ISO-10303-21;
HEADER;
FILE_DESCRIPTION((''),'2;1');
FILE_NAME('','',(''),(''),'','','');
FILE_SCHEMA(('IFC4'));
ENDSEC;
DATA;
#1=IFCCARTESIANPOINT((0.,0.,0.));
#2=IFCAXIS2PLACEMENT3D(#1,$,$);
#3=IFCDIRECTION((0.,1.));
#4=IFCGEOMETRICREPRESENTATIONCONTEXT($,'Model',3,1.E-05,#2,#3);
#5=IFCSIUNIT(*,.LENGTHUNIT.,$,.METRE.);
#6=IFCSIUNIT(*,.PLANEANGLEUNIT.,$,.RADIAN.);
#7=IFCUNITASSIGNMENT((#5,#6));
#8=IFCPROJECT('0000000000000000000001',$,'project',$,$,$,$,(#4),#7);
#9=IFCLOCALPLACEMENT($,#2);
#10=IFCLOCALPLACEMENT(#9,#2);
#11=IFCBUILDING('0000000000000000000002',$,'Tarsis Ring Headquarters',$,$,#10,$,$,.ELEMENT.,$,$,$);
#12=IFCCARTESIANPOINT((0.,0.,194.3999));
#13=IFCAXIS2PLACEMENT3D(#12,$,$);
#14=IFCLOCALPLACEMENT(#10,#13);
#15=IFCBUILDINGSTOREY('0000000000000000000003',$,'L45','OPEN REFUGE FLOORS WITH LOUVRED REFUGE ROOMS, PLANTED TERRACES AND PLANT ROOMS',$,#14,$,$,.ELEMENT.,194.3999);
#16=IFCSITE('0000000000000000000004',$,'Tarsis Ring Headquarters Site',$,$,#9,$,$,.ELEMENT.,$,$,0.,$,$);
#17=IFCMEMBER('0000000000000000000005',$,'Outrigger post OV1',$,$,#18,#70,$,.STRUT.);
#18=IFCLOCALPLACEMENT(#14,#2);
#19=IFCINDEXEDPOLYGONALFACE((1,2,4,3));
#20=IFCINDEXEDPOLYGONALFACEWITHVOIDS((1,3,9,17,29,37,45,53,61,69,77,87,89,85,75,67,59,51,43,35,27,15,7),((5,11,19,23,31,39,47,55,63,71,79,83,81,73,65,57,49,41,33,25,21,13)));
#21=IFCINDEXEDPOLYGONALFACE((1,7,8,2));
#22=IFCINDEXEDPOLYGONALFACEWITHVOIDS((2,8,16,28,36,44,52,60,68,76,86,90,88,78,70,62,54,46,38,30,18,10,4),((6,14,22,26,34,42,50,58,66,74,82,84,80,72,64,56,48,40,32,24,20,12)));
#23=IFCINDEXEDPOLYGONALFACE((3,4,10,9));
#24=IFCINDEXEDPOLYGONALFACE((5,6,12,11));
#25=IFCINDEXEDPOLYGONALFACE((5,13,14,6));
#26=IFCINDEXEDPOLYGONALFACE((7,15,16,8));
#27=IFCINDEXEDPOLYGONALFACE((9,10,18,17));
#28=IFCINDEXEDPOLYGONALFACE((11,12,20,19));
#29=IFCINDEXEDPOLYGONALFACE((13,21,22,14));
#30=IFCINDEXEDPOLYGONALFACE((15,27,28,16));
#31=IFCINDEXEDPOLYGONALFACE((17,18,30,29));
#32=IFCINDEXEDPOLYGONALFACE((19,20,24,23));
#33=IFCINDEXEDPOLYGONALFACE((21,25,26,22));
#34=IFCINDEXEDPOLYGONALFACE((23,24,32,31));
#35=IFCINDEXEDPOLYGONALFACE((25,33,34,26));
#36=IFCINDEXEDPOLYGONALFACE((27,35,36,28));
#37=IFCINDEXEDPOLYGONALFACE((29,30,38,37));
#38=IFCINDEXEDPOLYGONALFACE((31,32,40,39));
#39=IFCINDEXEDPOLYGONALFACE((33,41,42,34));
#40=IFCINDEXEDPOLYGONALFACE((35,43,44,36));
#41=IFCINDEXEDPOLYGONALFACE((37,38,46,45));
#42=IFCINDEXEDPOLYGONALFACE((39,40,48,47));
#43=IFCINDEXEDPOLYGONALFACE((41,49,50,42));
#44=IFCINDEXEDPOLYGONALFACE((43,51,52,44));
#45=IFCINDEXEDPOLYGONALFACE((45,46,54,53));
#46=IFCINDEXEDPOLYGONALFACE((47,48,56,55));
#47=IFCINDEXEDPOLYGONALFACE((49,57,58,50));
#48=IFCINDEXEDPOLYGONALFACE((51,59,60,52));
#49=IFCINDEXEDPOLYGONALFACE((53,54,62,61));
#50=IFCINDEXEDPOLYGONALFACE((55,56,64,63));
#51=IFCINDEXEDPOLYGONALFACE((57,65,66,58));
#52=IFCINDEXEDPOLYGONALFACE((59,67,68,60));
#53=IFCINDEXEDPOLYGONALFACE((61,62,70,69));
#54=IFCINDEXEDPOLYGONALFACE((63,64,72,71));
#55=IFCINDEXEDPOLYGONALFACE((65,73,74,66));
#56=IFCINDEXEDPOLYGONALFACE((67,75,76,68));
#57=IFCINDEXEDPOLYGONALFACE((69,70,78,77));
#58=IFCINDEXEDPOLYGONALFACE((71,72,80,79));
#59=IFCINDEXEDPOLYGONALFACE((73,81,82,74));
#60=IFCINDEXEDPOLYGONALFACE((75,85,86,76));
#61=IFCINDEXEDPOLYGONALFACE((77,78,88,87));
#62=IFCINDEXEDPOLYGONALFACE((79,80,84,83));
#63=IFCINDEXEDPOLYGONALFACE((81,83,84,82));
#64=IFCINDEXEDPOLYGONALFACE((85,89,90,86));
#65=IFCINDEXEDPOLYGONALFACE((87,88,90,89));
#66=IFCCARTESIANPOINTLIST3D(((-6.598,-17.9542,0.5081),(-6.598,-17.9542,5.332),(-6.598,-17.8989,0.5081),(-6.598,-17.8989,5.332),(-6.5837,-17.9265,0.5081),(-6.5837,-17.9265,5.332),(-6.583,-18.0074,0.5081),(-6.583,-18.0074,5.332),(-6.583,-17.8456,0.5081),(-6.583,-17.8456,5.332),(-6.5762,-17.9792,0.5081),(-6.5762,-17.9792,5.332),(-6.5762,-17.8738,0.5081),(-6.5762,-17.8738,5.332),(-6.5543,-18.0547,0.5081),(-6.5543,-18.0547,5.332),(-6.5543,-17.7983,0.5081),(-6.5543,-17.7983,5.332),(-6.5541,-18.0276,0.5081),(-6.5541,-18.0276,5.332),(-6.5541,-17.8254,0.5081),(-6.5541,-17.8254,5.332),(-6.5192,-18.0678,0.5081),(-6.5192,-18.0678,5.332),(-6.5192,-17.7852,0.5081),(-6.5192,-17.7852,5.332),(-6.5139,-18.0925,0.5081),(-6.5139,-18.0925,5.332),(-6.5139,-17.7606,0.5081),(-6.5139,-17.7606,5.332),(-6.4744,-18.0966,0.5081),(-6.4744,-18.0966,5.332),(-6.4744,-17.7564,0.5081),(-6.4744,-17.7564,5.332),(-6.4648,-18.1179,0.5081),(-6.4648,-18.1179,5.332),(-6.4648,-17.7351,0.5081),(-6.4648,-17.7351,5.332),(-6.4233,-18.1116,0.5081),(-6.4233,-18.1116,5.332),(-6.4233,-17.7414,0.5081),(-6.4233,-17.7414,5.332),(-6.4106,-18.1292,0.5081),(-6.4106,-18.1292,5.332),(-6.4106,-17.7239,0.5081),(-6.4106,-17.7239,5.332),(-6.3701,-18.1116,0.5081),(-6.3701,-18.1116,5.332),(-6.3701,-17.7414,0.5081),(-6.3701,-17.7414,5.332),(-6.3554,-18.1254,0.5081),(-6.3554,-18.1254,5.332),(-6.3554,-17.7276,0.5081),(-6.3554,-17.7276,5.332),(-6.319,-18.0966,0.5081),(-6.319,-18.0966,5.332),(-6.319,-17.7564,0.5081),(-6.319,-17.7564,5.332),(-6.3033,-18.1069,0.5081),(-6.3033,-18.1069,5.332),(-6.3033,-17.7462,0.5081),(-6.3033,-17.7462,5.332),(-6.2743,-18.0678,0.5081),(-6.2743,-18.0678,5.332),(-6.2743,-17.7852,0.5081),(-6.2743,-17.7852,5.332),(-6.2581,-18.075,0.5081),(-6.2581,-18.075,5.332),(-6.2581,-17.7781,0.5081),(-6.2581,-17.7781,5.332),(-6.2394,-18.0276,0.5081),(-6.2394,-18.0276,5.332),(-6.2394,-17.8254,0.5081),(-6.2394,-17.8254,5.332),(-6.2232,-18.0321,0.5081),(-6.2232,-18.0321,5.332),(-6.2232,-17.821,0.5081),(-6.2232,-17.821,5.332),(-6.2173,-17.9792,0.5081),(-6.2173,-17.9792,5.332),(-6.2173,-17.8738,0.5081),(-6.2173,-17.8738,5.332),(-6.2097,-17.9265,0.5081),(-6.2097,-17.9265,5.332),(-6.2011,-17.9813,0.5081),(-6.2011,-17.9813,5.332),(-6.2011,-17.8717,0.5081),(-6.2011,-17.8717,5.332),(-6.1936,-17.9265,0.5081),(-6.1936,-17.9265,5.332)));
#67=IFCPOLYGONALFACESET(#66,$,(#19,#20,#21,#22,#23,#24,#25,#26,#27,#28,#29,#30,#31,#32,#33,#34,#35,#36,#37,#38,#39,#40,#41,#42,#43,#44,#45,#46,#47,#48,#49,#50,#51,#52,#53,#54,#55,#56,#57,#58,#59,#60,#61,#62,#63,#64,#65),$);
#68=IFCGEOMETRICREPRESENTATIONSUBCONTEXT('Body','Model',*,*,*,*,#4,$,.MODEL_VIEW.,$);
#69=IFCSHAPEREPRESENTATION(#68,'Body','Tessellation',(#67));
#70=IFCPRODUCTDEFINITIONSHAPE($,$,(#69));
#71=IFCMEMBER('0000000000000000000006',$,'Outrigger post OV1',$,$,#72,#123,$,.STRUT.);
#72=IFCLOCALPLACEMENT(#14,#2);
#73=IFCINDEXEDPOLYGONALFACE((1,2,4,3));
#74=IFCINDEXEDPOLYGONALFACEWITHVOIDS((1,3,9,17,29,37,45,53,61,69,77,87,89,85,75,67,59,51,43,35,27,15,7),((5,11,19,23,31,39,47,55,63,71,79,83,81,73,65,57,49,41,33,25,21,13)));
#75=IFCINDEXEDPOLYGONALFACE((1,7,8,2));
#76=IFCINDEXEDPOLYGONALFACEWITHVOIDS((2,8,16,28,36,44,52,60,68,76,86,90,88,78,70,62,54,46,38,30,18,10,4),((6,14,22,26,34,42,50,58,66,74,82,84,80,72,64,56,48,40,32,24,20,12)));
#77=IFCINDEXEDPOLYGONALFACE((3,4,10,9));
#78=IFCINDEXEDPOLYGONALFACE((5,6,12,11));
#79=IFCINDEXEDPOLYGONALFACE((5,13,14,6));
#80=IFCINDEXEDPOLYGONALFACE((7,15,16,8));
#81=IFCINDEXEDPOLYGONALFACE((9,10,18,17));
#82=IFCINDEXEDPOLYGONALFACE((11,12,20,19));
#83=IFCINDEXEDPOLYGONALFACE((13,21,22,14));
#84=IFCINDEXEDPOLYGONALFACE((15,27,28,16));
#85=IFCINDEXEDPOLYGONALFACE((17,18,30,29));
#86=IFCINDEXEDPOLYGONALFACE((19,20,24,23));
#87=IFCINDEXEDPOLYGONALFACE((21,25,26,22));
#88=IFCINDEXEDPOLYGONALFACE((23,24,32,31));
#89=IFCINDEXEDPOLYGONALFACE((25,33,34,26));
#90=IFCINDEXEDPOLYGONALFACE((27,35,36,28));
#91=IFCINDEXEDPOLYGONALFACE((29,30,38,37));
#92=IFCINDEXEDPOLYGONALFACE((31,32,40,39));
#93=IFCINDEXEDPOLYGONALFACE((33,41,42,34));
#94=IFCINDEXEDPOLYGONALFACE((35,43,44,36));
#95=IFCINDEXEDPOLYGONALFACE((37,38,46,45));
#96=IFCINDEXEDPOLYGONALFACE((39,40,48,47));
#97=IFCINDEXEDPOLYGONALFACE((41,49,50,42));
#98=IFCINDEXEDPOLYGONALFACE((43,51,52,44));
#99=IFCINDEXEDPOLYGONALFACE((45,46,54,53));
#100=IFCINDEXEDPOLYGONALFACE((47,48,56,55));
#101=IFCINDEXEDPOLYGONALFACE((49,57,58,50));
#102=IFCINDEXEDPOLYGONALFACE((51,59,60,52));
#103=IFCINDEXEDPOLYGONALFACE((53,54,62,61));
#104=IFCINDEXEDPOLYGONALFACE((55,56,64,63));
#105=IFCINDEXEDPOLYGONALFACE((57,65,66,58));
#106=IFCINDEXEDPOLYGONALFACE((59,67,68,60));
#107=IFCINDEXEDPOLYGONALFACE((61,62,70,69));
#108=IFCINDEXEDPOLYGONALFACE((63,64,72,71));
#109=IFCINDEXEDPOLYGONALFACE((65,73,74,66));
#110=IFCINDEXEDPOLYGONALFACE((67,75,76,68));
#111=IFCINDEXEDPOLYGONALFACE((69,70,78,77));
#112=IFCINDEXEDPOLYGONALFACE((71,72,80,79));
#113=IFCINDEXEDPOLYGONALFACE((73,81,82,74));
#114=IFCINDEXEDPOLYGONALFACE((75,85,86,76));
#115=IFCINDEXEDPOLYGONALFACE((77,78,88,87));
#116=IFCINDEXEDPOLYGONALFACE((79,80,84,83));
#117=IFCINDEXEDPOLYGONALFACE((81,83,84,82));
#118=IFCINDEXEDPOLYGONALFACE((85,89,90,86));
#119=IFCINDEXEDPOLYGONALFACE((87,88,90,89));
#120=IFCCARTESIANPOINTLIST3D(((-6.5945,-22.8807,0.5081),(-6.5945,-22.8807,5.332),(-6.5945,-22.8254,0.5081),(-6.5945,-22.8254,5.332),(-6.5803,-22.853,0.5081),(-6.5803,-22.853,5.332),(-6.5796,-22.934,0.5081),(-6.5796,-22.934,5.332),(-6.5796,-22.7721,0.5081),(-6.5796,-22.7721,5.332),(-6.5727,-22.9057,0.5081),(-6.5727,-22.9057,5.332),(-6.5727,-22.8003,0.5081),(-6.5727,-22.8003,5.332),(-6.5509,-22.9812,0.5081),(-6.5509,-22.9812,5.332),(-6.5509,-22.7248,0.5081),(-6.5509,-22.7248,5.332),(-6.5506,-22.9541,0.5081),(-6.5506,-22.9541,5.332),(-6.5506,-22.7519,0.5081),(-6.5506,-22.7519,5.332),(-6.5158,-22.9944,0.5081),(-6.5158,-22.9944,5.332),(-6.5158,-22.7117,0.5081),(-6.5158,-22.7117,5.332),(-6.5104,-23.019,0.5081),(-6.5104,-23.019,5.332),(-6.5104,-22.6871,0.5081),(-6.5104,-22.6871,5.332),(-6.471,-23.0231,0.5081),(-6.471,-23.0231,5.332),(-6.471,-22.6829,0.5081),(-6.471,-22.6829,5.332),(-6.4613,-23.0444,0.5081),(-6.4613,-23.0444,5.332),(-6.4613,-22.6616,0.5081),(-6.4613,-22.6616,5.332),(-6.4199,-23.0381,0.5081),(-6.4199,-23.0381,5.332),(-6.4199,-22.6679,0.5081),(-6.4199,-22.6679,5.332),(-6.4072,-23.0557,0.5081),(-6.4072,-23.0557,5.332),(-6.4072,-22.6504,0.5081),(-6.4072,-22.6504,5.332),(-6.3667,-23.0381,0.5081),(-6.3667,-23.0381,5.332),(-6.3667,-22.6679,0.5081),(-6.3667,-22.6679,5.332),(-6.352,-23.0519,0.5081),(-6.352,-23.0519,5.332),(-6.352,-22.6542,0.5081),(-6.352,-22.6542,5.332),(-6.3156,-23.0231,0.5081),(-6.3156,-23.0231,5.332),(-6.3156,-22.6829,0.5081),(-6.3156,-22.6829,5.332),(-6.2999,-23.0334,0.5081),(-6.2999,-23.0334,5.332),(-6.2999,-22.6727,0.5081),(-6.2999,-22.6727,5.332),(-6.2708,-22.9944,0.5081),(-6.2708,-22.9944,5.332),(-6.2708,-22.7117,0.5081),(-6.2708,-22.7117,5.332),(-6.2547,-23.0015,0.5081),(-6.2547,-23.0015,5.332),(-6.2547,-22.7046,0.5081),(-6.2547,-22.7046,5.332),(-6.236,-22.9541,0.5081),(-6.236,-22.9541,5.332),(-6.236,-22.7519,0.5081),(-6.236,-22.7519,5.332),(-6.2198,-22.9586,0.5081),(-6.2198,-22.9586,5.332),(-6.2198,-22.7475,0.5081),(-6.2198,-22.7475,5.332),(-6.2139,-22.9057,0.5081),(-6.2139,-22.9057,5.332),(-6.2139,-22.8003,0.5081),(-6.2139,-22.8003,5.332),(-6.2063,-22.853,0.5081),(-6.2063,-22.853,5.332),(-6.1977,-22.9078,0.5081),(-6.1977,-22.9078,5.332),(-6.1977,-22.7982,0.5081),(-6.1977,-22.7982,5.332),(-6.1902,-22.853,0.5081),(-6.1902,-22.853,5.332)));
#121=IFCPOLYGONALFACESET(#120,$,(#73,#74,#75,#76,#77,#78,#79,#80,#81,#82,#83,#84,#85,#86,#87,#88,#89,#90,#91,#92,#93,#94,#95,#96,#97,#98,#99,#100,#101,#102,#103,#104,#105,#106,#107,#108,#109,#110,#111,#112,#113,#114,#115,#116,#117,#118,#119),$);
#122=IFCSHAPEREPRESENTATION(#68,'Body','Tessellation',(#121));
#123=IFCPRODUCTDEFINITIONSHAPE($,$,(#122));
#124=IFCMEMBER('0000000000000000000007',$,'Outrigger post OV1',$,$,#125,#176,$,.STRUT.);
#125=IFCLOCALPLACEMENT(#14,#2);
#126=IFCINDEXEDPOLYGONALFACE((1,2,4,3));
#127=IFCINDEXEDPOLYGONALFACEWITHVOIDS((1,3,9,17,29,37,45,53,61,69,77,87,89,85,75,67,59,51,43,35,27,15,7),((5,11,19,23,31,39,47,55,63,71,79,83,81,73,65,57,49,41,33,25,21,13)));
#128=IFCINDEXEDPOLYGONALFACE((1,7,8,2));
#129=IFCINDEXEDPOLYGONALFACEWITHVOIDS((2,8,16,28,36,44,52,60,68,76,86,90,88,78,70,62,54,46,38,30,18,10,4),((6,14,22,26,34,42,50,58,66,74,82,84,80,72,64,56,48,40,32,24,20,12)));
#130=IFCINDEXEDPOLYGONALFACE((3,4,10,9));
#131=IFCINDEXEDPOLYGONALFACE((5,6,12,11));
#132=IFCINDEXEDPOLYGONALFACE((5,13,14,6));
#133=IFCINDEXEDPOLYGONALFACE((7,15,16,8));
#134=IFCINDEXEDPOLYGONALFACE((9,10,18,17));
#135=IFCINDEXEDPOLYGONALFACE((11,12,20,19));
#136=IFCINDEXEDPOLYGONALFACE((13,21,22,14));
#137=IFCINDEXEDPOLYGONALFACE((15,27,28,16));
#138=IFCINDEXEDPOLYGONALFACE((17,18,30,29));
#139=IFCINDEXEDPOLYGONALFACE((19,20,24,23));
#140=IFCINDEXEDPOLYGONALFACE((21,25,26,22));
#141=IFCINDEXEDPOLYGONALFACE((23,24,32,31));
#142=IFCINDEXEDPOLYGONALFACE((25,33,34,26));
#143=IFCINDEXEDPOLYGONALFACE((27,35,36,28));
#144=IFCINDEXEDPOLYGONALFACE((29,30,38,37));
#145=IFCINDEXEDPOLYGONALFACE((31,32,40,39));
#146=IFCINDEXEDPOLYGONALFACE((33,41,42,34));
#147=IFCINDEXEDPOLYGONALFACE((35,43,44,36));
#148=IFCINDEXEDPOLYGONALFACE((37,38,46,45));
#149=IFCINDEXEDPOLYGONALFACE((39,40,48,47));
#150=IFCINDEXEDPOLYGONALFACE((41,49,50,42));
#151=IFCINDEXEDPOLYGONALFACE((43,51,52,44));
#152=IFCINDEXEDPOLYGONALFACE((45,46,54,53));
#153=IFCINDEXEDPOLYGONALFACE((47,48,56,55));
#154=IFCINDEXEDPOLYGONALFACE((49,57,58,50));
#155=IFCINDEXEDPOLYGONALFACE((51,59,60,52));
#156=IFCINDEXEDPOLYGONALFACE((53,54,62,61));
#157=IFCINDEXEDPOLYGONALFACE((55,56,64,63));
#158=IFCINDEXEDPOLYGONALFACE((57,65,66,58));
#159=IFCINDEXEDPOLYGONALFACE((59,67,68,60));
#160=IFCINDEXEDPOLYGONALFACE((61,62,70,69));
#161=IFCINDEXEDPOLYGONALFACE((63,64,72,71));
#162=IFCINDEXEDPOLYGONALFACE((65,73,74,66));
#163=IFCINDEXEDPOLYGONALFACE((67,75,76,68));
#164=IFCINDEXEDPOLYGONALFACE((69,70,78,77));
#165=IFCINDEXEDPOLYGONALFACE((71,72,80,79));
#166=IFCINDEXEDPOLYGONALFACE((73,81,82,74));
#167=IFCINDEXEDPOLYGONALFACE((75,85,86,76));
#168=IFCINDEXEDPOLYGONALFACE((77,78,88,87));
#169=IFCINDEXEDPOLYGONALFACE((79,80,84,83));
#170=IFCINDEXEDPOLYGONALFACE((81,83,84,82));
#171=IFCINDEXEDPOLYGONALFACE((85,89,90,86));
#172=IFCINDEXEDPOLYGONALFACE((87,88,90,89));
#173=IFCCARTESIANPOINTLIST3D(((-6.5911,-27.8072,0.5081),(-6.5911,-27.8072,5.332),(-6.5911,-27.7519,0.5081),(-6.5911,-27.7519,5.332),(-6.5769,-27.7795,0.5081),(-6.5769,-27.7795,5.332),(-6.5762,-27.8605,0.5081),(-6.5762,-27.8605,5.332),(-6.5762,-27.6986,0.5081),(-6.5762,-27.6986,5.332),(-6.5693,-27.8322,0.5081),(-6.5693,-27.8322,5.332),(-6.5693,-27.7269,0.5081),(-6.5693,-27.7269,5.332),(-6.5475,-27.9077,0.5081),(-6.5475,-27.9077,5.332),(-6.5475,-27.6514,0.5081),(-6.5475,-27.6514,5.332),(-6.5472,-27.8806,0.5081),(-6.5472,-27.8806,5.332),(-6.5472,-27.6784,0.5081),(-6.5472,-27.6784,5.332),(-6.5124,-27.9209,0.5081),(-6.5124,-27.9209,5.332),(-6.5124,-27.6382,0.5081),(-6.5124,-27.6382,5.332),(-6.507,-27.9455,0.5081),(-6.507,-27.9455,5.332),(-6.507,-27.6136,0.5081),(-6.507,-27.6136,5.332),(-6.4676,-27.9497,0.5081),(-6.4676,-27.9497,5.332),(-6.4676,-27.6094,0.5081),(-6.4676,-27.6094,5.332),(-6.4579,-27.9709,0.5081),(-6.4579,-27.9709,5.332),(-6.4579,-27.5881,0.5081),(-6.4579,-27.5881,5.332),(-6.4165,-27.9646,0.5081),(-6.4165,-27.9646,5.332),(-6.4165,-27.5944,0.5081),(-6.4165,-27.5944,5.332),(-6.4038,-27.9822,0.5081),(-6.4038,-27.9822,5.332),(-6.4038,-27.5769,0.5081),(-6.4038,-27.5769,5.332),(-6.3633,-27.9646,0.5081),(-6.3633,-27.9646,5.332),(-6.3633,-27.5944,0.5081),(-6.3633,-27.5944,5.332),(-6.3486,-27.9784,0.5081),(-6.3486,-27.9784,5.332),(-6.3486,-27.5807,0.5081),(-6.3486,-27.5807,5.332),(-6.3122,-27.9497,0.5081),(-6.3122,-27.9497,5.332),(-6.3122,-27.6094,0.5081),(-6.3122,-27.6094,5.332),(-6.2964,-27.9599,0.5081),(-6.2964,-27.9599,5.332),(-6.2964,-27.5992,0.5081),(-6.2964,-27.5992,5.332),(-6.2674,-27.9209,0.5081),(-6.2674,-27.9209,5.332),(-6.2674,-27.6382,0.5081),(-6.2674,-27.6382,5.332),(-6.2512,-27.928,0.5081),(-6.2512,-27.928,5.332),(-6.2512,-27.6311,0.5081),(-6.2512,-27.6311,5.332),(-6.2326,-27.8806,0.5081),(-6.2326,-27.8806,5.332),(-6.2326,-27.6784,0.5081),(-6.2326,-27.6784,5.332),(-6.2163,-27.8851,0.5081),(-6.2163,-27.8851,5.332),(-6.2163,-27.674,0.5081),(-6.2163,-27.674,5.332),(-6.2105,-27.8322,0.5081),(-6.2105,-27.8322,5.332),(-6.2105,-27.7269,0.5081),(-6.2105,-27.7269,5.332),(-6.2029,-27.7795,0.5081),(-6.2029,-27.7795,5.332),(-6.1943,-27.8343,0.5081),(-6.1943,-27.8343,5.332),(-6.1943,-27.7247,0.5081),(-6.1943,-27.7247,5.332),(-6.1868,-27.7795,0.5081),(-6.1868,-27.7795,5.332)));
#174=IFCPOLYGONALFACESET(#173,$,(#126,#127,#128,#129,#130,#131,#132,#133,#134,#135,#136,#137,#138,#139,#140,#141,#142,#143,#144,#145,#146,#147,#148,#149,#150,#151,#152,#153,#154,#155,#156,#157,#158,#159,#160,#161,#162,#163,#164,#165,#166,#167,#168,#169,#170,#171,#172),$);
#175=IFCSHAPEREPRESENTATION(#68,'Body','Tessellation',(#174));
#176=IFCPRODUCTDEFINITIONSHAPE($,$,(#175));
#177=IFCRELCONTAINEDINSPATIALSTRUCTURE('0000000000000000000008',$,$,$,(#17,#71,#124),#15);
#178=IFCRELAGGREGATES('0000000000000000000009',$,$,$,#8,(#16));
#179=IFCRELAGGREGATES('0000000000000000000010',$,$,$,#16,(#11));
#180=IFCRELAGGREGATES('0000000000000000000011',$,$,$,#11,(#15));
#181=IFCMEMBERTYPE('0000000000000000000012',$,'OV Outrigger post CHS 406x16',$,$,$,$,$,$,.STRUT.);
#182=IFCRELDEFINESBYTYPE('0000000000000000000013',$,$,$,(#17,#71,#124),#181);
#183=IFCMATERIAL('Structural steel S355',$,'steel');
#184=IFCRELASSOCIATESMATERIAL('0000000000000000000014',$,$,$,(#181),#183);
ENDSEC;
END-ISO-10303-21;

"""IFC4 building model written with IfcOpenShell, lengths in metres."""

from ifc_helpers import new_model, si_unit, direction, frame, origin, origin_2d, place, context, subcontext, project, spatial, hollow_circle, extrude, material, material_profile, profile_set, type_object, element, save


model = new_model("IFC4")

# Units and contexts
model_context = context("Model", 3, precision=1e-05, world=origin(), true_north=direction((0.0, 1.0)))
body_context = subcontext(model_context, "Body", "Model", "MODEL_VIEW")
ifc_project = project(units=[si_unit("LENGTHUNIT", "METRE"), si_unit("PLANEANGLEUNIT", "RADIAN")], contexts=[model_context])

# Site, building, storey
site_placement = place(None, origin())
site = spatial("IfcSite", under=ifc_project, at=site_placement, Name="Tarsis Ring Headquarters Site", CompositionType="ELEMENT", RefElevation=0.0)
building_placement = place(site_placement, origin())
building = spatial("IfcBuilding", under=site, at=building_placement, Name="Tarsis Ring Headquarters", CompositionType="ELEMENT")
storey_placement = place(building_placement, frame((0.0, 0.0, 194.3999)))
storey = spatial("IfcBuildingStorey", under=building, at=storey_placement, Name="L45", Description="OPEN REFUGE FLOORS WITH LOUVRED REFUGE ROOMS, PLANTED TERRACES AND PLANT ROOMS", CompositionType="ELEMENT", Elevation=194.3999)

# Members
ifc_material_1 = material(Name="Structural steel S355", Category="steel")
ifc_material_profile_1 = material_profile(ifc_material_1, hollow_circle(Radius=0.2031, WallThickness=0.0161, at=origin_2d()), Name="CHS 406x16")
ifc_profile_set_1 = profile_set([ifc_material_profile_1], Name="Structural steel S355")
member_type_1 = type_object("IfcMemberType", Name="OV Outrigger post CHS 406x16", PredefinedType="STRUT", material=ifc_profile_set_1)
for number, where, z_axis, x_axis, name in (
    (1, (-6.3967, -17.9265, 0.5081), (0.0, 0.0, 1.0), (1.0, 0.0, 0.0), "Outrigger post OV1"),
    (2, (-6.3933, -22.853, 0.5081), (0.0, 0.0, 1.0), (1.0, 0.0, 0.0), "Outrigger post OV1"),
    (3, (-6.3899, -27.7795, 0.5081), (0.0, 0.0, 1.0), (1.0, 0.0, 0.0), "Outrigger post OV1"),
):
    element("IfcMember", number, at=place(storey_placement, frame(where, z_axis=z_axis, x_axis=x_axis)), inside=storey, type_object=member_type_1, Name=name, PredefinedType="STRUT", context=body_context, shape_type="SweptSolid", body=[
        extrude(hollow_circle(Radius=0.2031, WallThickness=0.0161, at=origin_2d()), origin(), (0.0, 0.0, 1.0), 4.824),
    ])

save(model, "model.ifc")
